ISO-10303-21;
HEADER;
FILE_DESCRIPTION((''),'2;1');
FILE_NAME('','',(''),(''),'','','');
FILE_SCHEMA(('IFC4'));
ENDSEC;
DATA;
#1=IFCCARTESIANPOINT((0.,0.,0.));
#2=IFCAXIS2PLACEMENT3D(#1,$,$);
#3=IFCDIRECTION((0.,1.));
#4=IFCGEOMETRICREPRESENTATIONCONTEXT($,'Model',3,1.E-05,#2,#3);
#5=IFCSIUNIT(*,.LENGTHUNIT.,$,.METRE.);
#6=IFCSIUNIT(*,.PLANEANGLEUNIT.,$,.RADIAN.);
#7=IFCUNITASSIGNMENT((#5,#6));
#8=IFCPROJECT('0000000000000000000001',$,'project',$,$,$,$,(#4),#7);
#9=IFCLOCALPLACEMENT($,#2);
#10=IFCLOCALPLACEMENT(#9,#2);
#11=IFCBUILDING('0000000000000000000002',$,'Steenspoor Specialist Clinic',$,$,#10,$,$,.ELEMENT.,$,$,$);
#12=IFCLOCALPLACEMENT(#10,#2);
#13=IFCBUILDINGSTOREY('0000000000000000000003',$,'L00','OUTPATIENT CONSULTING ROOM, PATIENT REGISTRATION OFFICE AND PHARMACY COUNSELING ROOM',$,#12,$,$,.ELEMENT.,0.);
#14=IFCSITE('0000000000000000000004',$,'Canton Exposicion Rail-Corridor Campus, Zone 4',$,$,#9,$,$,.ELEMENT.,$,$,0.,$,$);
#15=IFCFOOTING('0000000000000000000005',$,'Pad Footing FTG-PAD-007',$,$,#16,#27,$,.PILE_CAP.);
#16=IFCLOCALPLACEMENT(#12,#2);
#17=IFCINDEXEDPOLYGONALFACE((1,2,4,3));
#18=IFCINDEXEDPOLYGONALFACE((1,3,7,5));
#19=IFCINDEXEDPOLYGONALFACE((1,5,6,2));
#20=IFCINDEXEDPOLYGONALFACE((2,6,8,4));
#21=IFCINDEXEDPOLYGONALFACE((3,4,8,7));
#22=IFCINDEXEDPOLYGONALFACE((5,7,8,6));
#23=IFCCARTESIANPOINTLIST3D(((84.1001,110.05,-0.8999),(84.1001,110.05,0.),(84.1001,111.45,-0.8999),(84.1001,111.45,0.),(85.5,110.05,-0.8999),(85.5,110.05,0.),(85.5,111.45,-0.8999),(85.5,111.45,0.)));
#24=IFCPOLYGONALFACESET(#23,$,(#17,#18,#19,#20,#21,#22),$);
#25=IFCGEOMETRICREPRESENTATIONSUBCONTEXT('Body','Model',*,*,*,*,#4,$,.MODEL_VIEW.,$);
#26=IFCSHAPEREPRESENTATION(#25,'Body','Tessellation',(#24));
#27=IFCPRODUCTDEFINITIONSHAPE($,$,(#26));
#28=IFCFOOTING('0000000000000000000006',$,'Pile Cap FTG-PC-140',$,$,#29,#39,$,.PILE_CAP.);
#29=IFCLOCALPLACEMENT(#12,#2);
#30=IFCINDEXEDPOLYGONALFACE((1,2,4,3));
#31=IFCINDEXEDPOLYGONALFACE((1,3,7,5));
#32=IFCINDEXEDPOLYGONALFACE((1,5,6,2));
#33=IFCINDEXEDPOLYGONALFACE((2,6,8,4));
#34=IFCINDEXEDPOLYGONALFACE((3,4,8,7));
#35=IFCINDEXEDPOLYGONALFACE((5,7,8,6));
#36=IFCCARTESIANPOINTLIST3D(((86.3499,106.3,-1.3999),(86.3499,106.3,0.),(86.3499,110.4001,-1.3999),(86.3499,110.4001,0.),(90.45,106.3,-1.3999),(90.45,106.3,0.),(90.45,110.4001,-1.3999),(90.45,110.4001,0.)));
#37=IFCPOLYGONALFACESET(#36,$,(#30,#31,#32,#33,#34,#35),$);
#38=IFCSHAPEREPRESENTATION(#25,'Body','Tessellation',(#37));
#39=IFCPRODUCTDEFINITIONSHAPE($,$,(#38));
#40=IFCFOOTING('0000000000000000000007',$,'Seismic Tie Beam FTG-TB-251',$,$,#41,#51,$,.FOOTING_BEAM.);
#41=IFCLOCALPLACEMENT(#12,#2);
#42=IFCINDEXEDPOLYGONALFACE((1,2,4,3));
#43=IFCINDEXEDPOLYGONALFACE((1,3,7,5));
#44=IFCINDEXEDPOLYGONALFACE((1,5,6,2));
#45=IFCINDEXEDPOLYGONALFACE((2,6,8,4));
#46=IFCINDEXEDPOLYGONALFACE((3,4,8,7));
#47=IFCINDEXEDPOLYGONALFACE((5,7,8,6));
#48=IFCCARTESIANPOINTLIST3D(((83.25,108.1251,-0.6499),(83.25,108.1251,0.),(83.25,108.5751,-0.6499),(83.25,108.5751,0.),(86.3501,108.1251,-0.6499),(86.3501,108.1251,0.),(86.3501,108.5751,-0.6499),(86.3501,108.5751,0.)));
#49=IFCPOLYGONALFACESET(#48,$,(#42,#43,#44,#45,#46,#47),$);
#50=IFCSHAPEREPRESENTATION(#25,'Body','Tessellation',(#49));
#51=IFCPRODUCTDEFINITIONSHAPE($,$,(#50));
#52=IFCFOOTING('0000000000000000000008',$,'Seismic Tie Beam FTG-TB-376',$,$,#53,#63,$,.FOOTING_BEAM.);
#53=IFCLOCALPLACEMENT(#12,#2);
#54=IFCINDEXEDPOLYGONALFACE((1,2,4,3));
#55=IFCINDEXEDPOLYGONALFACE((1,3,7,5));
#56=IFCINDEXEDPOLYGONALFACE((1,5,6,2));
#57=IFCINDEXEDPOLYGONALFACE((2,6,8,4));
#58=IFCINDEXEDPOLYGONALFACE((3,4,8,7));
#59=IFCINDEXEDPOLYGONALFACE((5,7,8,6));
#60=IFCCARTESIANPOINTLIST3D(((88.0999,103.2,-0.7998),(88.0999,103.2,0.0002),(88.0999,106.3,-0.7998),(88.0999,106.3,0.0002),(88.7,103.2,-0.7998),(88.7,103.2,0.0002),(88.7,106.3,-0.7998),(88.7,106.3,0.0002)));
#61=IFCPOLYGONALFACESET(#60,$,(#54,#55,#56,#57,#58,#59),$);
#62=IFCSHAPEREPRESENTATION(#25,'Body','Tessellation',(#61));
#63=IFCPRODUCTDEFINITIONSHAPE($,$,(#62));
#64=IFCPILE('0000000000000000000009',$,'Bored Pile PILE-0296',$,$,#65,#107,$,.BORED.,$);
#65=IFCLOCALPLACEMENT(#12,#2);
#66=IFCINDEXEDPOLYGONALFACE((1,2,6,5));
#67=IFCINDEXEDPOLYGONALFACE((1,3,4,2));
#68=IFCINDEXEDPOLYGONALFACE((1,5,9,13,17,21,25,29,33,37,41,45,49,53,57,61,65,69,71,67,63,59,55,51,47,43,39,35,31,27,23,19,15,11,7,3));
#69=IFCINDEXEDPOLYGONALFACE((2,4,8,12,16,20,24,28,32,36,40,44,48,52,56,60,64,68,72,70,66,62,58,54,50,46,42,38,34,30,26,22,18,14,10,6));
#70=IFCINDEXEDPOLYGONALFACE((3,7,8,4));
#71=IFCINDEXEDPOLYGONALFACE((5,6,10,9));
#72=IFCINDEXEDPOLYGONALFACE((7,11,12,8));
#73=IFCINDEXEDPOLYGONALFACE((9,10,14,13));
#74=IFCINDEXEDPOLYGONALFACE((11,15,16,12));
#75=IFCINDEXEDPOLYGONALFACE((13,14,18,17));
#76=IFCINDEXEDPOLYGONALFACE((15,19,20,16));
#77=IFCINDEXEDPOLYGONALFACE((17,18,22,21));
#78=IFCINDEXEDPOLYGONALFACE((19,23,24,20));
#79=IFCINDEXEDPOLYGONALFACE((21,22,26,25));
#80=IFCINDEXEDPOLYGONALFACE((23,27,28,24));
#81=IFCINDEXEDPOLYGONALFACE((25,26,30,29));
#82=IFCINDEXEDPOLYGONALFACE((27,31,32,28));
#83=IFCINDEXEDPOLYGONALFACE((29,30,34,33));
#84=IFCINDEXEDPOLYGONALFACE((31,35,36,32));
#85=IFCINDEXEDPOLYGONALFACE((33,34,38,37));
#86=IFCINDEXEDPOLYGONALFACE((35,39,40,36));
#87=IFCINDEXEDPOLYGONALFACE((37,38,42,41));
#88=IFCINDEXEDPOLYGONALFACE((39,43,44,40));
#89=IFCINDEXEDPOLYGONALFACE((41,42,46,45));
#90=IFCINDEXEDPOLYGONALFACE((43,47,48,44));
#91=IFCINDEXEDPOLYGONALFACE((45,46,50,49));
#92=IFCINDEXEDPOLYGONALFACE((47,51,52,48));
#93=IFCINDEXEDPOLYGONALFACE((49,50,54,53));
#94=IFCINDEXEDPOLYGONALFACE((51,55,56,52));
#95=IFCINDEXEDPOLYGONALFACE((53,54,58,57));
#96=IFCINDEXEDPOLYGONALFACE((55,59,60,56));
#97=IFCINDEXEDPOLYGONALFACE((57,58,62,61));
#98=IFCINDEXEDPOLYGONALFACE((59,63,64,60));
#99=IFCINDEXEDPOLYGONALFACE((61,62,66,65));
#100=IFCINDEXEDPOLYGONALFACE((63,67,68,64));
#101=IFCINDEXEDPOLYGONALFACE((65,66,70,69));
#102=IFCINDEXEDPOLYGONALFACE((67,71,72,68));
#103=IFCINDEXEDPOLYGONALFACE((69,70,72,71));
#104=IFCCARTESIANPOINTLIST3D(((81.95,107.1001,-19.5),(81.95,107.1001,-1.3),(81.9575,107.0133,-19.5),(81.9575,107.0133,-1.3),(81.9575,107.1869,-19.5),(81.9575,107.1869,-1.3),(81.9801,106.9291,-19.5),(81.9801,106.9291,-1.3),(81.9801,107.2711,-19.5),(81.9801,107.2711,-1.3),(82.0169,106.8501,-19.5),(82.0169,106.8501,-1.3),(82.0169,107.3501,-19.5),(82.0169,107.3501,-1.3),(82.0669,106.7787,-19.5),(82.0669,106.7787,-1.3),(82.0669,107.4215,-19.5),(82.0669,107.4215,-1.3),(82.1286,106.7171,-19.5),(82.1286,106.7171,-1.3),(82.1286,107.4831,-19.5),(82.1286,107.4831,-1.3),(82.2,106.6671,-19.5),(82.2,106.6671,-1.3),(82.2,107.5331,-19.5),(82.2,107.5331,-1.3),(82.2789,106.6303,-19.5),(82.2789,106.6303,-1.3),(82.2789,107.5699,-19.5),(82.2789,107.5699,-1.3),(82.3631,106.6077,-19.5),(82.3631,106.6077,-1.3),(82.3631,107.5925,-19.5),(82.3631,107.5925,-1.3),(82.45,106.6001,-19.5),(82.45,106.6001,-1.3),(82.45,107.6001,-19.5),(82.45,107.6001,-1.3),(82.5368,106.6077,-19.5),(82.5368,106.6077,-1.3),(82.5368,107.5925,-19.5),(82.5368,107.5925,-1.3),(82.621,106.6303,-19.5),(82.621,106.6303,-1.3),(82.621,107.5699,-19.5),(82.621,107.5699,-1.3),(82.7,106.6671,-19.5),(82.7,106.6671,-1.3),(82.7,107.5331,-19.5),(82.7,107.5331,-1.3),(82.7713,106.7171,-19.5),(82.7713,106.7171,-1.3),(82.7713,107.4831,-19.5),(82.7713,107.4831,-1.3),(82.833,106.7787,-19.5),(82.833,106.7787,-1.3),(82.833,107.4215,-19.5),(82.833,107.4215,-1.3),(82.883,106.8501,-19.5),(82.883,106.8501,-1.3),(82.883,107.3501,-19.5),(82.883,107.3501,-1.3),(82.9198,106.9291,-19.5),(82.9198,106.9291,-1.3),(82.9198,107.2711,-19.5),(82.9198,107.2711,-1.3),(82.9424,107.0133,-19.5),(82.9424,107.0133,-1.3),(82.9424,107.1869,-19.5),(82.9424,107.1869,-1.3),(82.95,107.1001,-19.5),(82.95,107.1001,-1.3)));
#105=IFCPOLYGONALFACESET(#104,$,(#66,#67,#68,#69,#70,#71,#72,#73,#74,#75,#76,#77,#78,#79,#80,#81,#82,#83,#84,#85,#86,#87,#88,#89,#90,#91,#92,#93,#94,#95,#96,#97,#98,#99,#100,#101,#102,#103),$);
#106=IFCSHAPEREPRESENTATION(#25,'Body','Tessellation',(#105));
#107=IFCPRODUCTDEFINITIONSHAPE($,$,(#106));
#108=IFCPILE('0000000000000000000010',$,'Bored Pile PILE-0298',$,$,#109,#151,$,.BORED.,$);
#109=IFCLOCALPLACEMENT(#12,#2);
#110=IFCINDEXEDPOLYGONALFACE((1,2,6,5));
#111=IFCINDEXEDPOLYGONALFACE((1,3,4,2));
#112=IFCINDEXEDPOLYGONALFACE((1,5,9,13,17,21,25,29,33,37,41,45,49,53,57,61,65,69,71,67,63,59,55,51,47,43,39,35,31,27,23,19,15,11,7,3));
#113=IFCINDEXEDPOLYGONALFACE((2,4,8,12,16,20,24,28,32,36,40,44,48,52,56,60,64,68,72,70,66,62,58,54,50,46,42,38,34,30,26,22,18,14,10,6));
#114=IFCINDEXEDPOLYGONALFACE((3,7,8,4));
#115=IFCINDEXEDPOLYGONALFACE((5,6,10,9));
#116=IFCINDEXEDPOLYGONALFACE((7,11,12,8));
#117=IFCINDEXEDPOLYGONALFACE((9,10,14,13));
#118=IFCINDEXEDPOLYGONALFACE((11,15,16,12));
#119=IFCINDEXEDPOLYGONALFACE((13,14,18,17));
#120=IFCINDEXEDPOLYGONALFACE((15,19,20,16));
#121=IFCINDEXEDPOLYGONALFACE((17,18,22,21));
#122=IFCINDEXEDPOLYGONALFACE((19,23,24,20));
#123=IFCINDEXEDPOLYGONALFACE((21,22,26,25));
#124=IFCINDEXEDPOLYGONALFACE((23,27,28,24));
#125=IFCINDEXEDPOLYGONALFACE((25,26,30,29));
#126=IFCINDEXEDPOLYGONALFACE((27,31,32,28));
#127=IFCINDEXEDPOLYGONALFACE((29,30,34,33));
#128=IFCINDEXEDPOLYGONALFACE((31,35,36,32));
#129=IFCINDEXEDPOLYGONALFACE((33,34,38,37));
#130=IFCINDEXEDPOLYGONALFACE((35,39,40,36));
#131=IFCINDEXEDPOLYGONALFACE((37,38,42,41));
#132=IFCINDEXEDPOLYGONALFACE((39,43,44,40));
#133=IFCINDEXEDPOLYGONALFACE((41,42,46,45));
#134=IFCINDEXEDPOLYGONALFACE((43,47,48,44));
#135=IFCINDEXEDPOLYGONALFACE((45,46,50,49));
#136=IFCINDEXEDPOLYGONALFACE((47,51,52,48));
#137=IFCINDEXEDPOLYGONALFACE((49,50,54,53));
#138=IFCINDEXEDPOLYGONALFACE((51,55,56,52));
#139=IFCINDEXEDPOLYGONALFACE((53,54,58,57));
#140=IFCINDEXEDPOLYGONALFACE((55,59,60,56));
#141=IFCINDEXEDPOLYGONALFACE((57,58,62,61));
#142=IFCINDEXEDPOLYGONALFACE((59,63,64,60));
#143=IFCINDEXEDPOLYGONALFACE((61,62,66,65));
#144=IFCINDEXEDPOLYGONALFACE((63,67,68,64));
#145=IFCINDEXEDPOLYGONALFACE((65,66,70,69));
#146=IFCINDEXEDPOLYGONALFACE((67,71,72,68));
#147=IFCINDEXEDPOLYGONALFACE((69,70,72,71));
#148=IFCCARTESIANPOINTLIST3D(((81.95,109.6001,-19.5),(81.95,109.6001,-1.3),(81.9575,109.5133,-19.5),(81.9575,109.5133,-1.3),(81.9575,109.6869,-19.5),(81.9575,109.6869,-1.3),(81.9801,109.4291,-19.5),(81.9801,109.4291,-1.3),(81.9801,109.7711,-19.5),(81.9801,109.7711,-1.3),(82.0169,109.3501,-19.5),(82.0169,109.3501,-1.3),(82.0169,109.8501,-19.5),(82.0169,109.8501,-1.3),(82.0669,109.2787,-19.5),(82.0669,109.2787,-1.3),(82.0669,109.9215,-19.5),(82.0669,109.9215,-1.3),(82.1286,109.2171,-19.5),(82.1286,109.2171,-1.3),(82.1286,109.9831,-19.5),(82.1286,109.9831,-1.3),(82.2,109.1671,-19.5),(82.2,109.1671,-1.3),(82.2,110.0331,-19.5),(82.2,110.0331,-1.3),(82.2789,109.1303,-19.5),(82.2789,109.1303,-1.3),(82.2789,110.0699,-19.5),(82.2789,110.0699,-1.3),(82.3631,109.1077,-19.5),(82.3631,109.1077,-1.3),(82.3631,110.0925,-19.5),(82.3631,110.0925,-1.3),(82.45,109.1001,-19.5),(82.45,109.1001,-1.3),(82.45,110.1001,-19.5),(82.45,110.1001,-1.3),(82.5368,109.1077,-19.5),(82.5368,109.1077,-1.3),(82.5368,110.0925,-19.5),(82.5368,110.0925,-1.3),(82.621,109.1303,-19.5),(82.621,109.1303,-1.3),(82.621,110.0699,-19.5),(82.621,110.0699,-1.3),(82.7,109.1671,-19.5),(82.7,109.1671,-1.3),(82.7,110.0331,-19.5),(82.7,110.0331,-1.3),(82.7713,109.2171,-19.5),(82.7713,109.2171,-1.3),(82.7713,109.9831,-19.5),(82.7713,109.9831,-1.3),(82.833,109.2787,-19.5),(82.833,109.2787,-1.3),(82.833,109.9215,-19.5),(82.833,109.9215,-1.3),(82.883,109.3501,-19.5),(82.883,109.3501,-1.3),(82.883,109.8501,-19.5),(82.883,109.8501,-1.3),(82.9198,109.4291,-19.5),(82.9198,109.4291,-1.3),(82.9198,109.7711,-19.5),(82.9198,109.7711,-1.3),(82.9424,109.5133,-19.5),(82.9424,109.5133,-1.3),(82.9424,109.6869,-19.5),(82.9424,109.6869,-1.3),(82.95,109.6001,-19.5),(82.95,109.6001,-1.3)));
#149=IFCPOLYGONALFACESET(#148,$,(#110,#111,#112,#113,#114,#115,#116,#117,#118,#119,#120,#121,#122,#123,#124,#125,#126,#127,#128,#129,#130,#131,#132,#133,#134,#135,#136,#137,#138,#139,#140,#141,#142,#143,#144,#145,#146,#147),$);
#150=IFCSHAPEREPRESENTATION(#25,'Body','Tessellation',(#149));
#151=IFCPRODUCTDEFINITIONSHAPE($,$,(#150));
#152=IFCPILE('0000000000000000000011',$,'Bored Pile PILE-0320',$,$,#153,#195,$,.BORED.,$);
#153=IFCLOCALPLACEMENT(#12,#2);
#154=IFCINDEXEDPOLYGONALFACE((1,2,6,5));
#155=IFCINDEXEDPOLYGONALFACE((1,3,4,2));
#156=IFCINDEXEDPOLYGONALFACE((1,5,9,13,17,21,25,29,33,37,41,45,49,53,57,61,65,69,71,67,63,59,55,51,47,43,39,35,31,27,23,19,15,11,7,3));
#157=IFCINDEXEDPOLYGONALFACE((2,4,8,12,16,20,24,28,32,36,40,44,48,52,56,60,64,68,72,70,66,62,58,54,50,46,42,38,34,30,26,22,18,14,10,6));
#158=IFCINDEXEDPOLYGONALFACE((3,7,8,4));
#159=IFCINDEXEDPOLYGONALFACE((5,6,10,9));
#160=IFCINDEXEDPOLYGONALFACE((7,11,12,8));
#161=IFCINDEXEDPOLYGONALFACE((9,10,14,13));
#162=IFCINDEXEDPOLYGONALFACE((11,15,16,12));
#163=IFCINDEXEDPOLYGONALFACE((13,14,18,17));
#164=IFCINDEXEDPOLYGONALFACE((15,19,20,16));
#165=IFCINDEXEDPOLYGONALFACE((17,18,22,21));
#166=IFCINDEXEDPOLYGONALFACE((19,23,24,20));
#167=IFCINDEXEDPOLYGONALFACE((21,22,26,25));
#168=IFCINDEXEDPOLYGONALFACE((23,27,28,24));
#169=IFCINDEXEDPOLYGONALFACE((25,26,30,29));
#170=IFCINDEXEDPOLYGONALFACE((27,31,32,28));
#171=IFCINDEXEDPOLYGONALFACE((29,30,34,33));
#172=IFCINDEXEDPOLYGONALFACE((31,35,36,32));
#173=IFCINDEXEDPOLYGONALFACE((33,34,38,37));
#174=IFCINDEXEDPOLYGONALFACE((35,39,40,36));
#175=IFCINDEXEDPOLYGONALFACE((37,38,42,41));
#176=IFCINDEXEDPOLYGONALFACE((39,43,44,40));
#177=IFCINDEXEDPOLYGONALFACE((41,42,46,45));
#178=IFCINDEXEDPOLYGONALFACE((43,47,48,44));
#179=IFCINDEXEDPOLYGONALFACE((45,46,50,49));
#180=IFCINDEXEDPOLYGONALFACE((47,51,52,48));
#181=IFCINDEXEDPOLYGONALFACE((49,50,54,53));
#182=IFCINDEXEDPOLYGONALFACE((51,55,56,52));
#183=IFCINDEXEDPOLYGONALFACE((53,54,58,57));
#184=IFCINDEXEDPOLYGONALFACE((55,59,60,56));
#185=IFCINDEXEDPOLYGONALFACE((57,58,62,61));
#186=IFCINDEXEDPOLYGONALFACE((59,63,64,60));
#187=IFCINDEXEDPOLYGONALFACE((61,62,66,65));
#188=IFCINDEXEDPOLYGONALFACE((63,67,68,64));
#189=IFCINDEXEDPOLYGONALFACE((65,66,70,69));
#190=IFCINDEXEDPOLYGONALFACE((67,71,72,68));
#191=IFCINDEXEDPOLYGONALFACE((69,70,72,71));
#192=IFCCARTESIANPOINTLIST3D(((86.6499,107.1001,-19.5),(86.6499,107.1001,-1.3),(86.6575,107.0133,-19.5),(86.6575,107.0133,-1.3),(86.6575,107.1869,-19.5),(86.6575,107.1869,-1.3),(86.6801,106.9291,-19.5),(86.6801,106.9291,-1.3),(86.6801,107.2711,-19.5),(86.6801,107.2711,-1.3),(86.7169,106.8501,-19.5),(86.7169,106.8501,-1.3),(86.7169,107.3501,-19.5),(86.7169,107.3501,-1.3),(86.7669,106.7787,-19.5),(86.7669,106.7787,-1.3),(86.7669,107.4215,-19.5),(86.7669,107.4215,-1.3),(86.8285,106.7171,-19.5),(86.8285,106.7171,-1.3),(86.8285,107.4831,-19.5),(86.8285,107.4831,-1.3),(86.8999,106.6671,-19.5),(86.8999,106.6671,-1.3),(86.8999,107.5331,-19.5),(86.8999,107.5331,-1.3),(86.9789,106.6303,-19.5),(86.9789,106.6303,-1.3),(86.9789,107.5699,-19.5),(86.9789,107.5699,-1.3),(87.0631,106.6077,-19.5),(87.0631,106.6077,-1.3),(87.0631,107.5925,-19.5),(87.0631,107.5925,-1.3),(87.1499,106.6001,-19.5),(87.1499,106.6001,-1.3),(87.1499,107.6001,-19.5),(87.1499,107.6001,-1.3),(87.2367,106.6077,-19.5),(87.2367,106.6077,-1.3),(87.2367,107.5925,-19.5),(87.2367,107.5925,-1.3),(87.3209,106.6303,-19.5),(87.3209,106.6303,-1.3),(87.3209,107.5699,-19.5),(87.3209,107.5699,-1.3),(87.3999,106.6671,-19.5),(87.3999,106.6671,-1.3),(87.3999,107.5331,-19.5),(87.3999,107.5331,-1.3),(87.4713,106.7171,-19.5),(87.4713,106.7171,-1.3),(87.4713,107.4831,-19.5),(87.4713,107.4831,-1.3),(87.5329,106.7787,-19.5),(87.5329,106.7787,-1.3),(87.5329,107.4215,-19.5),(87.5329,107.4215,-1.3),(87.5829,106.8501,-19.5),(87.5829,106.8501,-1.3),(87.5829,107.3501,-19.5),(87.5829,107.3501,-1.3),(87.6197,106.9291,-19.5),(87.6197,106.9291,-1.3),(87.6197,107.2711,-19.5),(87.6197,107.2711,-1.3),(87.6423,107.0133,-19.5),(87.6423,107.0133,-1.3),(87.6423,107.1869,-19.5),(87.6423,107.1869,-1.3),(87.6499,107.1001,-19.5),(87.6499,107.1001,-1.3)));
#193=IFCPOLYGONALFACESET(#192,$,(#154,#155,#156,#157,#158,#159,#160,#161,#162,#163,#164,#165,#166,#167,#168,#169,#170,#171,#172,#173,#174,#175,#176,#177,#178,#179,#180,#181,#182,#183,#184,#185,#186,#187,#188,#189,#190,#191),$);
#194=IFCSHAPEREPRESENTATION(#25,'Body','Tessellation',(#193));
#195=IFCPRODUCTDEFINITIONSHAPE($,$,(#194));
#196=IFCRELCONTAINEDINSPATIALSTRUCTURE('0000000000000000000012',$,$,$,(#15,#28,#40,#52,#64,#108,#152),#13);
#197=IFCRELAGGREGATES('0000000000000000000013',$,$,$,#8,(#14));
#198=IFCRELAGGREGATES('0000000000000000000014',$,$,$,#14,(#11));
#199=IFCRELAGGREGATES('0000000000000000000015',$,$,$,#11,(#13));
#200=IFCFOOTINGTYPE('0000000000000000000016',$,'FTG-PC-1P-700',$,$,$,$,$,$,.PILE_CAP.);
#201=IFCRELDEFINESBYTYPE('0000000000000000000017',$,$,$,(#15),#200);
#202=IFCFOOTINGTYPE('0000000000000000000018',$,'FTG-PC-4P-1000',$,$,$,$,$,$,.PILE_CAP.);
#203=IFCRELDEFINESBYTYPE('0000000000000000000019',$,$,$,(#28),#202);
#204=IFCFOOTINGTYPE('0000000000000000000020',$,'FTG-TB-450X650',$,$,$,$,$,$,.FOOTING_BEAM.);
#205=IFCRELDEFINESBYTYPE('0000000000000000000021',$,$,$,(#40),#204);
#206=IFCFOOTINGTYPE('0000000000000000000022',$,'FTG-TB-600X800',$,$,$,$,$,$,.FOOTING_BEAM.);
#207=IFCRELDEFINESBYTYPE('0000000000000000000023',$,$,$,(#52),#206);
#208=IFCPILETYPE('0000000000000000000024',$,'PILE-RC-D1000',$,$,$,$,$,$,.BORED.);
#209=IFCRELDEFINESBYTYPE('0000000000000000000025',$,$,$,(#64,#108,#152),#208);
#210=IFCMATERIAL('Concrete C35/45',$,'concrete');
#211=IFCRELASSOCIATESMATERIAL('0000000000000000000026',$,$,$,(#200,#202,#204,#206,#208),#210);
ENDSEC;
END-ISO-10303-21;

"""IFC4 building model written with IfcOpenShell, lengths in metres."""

from ifc_helpers import new_model, si_unit, direction, frame, origin, origin_2d, place, context, subcontext, project, spatial, rectangle, circle, extrude, material, material_profile, profile_set, type_object, element, save


model = new_model("IFC4")

# Units and contexts
model_context = context("Model", 3, precision=1e-05, world=origin(), true_north=direction((0.0, 1.0)))
body_context = subcontext(model_context, "Body", "Model", "MODEL_VIEW")
ifc_project = project(units=[si_unit("LENGTHUNIT", "METRE"), si_unit("PLANEANGLEUNIT", "RADIAN")], contexts=[model_context])

# Site, building, storey
site_placement = place(None, origin())
site = spatial("IfcSite", under=ifc_project, at=site_placement, Name="Canton Exposicion Rail-Corridor Campus, Zone 4", CompositionType="ELEMENT", RefElevation=0.0)
building_placement = place(site_placement, origin())
building = spatial("IfcBuilding", under=site, at=building_placement, Name="Steenspoor Specialist Clinic", CompositionType="ELEMENT")
storey_placement = place(building_placement, origin())
storey = spatial("IfcBuildingStorey", under=building, at=storey_placement, Name="L00", Description="OUTPATIENT CONSULTING ROOM, PATIENT REGISTRATION OFFICE AND PHARMACY COUNSELING ROOM", CompositionType="ELEMENT", Elevation=0.0)

# Footings
ifc_material_1 = material(Name="Concrete C35/45", Category="concrete")
footing_type_1 = type_object("IfcFootingType", Name="FTG-PC-1P-700", PredefinedType="PILE_CAP", material=ifc_material_1)
footing_1_placement = place(storey_placement, frame((84.8, 110.75, -0.8999), z_axis=(0.0, 0.0, 1.0), x_axis=(1.0, 0.0, 0.0)))
element("IfcFooting", 1, at=footing_1_placement, inside=storey, type_object=footing_type_1, Name="Pad Footing FTG-PAD-007", PredefinedType="PILE_CAP", context=body_context, shape_type="SweptSolid", body=[
    extrude(rectangle(XDim=1.3999, YDim=1.3999, at=origin_2d()), origin(), (0.0, 0.0, 1.0), 0.8999),
])
footing_type_2 = type_object("IfcFootingType", Name="FTG-PC-4P-1000", PredefinedType="PILE_CAP", material=ifc_material_1)
footing_2_placement = place(storey_placement, frame((88.3999, 108.3501, -1.3999), z_axis=(0.0, 0.0, 1.0), x_axis=(1.0, 0.0, 0.0)))
element("IfcFooting", 2, at=footing_2_placement, inside=storey, type_object=footing_type_2, Name="Pile Cap FTG-PC-140", PredefinedType="PILE_CAP", context=body_context, shape_type="SweptSolid", body=[
    extrude(rectangle(XDim=4.1001, YDim=4.1001, at=origin_2d()), origin(), (0.0, 0.0, 1.0), 1.3999),
])
footing_type_3 = type_object("IfcFootingType", Name="FTG-TB-450X650", PredefinedType="FOOTING_BEAM", material=ifc_material_1)
footing_3_placement = place(storey_placement, frame((84.8, 108.3501, -0.6499), z_axis=(0.0, 0.0, 1.0), x_axis=(1.0, 0.0, 0.0)))
element("IfcFooting", 3, at=footing_3_placement, inside=storey, type_object=footing_type_3, Name="Seismic Tie Beam FTG-TB-251", PredefinedType="FOOTING_BEAM", context=body_context, shape_type="SweptSolid", body=[
    extrude(rectangle(XDim=3.1001, YDim=0.45, at=origin_2d()), origin(), (0.0, 0.0, 1.0), 0.6499),
])
footing_type_4 = type_object("IfcFootingType", Name="FTG-TB-600X800", PredefinedType="FOOTING_BEAM", material=ifc_material_1)
footing_4_placement = place(storey_placement, frame((88.3999, 104.75, -0.7998), z_axis=(0.0, 0.0, 1.0), x_axis=(1.0, 0.0, 0.0)))
element("IfcFooting", 4, at=footing_4_placement, inside=storey, type_object=footing_type_4, Name="Seismic Tie Beam FTG-TB-376", PredefinedType="FOOTING_BEAM", context=body_context, shape_type="SweptSolid", body=[
    extrude(rectangle(XDim=0.6001, YDim=3.1001, at=origin_2d()), origin(), (0.0, 0.0, 1.0), 0.8),
])

# Piles
ifc_material_profile_1 = material_profile(ifc_material_1, circle(Radius=0.5, at=origin_2d()), Name="PILE-D1000")
ifc_profile_set_1 = profile_set([ifc_material_profile_1], Name="Concrete C35/45")
pile_type_1 = type_object("IfcPileType", Name="PILE-RC-D1000", PredefinedType="BORED", material=ifc_profile_set_1)
for number, where, z_axis, x_axis, name in (
    (5, (82.45, 107.1001, -1.3), (0.0, 0.0, -1.0), (1.0, 0.0, 0.0), "Bored Pile PILE-0296"),
    (6, (82.45, 109.6001, -1.3), (0.0, 0.0, -1.0), (1.0, 0.0, 0.0), "Bored Pile PILE-0298"),
    (7, (87.1499, 107.1001, -1.3), (0.0, 0.0, -1.0), (1.0, 0.0, 0.0), "Bored Pile PILE-0320"),
):
    element("IfcPile", number, at=place(storey_placement, frame(where, z_axis=z_axis, x_axis=x_axis)), inside=storey, type_object=pile_type_1, Name=name, PredefinedType="BORED", context=body_context, shape_type="SweptSolid", body=[
        extrude(circle(Radius=0.5, at=origin_2d()), origin(), (0.0, 0.0, 1.0), 18.2),
    ])

save(model, "model.ifc")
